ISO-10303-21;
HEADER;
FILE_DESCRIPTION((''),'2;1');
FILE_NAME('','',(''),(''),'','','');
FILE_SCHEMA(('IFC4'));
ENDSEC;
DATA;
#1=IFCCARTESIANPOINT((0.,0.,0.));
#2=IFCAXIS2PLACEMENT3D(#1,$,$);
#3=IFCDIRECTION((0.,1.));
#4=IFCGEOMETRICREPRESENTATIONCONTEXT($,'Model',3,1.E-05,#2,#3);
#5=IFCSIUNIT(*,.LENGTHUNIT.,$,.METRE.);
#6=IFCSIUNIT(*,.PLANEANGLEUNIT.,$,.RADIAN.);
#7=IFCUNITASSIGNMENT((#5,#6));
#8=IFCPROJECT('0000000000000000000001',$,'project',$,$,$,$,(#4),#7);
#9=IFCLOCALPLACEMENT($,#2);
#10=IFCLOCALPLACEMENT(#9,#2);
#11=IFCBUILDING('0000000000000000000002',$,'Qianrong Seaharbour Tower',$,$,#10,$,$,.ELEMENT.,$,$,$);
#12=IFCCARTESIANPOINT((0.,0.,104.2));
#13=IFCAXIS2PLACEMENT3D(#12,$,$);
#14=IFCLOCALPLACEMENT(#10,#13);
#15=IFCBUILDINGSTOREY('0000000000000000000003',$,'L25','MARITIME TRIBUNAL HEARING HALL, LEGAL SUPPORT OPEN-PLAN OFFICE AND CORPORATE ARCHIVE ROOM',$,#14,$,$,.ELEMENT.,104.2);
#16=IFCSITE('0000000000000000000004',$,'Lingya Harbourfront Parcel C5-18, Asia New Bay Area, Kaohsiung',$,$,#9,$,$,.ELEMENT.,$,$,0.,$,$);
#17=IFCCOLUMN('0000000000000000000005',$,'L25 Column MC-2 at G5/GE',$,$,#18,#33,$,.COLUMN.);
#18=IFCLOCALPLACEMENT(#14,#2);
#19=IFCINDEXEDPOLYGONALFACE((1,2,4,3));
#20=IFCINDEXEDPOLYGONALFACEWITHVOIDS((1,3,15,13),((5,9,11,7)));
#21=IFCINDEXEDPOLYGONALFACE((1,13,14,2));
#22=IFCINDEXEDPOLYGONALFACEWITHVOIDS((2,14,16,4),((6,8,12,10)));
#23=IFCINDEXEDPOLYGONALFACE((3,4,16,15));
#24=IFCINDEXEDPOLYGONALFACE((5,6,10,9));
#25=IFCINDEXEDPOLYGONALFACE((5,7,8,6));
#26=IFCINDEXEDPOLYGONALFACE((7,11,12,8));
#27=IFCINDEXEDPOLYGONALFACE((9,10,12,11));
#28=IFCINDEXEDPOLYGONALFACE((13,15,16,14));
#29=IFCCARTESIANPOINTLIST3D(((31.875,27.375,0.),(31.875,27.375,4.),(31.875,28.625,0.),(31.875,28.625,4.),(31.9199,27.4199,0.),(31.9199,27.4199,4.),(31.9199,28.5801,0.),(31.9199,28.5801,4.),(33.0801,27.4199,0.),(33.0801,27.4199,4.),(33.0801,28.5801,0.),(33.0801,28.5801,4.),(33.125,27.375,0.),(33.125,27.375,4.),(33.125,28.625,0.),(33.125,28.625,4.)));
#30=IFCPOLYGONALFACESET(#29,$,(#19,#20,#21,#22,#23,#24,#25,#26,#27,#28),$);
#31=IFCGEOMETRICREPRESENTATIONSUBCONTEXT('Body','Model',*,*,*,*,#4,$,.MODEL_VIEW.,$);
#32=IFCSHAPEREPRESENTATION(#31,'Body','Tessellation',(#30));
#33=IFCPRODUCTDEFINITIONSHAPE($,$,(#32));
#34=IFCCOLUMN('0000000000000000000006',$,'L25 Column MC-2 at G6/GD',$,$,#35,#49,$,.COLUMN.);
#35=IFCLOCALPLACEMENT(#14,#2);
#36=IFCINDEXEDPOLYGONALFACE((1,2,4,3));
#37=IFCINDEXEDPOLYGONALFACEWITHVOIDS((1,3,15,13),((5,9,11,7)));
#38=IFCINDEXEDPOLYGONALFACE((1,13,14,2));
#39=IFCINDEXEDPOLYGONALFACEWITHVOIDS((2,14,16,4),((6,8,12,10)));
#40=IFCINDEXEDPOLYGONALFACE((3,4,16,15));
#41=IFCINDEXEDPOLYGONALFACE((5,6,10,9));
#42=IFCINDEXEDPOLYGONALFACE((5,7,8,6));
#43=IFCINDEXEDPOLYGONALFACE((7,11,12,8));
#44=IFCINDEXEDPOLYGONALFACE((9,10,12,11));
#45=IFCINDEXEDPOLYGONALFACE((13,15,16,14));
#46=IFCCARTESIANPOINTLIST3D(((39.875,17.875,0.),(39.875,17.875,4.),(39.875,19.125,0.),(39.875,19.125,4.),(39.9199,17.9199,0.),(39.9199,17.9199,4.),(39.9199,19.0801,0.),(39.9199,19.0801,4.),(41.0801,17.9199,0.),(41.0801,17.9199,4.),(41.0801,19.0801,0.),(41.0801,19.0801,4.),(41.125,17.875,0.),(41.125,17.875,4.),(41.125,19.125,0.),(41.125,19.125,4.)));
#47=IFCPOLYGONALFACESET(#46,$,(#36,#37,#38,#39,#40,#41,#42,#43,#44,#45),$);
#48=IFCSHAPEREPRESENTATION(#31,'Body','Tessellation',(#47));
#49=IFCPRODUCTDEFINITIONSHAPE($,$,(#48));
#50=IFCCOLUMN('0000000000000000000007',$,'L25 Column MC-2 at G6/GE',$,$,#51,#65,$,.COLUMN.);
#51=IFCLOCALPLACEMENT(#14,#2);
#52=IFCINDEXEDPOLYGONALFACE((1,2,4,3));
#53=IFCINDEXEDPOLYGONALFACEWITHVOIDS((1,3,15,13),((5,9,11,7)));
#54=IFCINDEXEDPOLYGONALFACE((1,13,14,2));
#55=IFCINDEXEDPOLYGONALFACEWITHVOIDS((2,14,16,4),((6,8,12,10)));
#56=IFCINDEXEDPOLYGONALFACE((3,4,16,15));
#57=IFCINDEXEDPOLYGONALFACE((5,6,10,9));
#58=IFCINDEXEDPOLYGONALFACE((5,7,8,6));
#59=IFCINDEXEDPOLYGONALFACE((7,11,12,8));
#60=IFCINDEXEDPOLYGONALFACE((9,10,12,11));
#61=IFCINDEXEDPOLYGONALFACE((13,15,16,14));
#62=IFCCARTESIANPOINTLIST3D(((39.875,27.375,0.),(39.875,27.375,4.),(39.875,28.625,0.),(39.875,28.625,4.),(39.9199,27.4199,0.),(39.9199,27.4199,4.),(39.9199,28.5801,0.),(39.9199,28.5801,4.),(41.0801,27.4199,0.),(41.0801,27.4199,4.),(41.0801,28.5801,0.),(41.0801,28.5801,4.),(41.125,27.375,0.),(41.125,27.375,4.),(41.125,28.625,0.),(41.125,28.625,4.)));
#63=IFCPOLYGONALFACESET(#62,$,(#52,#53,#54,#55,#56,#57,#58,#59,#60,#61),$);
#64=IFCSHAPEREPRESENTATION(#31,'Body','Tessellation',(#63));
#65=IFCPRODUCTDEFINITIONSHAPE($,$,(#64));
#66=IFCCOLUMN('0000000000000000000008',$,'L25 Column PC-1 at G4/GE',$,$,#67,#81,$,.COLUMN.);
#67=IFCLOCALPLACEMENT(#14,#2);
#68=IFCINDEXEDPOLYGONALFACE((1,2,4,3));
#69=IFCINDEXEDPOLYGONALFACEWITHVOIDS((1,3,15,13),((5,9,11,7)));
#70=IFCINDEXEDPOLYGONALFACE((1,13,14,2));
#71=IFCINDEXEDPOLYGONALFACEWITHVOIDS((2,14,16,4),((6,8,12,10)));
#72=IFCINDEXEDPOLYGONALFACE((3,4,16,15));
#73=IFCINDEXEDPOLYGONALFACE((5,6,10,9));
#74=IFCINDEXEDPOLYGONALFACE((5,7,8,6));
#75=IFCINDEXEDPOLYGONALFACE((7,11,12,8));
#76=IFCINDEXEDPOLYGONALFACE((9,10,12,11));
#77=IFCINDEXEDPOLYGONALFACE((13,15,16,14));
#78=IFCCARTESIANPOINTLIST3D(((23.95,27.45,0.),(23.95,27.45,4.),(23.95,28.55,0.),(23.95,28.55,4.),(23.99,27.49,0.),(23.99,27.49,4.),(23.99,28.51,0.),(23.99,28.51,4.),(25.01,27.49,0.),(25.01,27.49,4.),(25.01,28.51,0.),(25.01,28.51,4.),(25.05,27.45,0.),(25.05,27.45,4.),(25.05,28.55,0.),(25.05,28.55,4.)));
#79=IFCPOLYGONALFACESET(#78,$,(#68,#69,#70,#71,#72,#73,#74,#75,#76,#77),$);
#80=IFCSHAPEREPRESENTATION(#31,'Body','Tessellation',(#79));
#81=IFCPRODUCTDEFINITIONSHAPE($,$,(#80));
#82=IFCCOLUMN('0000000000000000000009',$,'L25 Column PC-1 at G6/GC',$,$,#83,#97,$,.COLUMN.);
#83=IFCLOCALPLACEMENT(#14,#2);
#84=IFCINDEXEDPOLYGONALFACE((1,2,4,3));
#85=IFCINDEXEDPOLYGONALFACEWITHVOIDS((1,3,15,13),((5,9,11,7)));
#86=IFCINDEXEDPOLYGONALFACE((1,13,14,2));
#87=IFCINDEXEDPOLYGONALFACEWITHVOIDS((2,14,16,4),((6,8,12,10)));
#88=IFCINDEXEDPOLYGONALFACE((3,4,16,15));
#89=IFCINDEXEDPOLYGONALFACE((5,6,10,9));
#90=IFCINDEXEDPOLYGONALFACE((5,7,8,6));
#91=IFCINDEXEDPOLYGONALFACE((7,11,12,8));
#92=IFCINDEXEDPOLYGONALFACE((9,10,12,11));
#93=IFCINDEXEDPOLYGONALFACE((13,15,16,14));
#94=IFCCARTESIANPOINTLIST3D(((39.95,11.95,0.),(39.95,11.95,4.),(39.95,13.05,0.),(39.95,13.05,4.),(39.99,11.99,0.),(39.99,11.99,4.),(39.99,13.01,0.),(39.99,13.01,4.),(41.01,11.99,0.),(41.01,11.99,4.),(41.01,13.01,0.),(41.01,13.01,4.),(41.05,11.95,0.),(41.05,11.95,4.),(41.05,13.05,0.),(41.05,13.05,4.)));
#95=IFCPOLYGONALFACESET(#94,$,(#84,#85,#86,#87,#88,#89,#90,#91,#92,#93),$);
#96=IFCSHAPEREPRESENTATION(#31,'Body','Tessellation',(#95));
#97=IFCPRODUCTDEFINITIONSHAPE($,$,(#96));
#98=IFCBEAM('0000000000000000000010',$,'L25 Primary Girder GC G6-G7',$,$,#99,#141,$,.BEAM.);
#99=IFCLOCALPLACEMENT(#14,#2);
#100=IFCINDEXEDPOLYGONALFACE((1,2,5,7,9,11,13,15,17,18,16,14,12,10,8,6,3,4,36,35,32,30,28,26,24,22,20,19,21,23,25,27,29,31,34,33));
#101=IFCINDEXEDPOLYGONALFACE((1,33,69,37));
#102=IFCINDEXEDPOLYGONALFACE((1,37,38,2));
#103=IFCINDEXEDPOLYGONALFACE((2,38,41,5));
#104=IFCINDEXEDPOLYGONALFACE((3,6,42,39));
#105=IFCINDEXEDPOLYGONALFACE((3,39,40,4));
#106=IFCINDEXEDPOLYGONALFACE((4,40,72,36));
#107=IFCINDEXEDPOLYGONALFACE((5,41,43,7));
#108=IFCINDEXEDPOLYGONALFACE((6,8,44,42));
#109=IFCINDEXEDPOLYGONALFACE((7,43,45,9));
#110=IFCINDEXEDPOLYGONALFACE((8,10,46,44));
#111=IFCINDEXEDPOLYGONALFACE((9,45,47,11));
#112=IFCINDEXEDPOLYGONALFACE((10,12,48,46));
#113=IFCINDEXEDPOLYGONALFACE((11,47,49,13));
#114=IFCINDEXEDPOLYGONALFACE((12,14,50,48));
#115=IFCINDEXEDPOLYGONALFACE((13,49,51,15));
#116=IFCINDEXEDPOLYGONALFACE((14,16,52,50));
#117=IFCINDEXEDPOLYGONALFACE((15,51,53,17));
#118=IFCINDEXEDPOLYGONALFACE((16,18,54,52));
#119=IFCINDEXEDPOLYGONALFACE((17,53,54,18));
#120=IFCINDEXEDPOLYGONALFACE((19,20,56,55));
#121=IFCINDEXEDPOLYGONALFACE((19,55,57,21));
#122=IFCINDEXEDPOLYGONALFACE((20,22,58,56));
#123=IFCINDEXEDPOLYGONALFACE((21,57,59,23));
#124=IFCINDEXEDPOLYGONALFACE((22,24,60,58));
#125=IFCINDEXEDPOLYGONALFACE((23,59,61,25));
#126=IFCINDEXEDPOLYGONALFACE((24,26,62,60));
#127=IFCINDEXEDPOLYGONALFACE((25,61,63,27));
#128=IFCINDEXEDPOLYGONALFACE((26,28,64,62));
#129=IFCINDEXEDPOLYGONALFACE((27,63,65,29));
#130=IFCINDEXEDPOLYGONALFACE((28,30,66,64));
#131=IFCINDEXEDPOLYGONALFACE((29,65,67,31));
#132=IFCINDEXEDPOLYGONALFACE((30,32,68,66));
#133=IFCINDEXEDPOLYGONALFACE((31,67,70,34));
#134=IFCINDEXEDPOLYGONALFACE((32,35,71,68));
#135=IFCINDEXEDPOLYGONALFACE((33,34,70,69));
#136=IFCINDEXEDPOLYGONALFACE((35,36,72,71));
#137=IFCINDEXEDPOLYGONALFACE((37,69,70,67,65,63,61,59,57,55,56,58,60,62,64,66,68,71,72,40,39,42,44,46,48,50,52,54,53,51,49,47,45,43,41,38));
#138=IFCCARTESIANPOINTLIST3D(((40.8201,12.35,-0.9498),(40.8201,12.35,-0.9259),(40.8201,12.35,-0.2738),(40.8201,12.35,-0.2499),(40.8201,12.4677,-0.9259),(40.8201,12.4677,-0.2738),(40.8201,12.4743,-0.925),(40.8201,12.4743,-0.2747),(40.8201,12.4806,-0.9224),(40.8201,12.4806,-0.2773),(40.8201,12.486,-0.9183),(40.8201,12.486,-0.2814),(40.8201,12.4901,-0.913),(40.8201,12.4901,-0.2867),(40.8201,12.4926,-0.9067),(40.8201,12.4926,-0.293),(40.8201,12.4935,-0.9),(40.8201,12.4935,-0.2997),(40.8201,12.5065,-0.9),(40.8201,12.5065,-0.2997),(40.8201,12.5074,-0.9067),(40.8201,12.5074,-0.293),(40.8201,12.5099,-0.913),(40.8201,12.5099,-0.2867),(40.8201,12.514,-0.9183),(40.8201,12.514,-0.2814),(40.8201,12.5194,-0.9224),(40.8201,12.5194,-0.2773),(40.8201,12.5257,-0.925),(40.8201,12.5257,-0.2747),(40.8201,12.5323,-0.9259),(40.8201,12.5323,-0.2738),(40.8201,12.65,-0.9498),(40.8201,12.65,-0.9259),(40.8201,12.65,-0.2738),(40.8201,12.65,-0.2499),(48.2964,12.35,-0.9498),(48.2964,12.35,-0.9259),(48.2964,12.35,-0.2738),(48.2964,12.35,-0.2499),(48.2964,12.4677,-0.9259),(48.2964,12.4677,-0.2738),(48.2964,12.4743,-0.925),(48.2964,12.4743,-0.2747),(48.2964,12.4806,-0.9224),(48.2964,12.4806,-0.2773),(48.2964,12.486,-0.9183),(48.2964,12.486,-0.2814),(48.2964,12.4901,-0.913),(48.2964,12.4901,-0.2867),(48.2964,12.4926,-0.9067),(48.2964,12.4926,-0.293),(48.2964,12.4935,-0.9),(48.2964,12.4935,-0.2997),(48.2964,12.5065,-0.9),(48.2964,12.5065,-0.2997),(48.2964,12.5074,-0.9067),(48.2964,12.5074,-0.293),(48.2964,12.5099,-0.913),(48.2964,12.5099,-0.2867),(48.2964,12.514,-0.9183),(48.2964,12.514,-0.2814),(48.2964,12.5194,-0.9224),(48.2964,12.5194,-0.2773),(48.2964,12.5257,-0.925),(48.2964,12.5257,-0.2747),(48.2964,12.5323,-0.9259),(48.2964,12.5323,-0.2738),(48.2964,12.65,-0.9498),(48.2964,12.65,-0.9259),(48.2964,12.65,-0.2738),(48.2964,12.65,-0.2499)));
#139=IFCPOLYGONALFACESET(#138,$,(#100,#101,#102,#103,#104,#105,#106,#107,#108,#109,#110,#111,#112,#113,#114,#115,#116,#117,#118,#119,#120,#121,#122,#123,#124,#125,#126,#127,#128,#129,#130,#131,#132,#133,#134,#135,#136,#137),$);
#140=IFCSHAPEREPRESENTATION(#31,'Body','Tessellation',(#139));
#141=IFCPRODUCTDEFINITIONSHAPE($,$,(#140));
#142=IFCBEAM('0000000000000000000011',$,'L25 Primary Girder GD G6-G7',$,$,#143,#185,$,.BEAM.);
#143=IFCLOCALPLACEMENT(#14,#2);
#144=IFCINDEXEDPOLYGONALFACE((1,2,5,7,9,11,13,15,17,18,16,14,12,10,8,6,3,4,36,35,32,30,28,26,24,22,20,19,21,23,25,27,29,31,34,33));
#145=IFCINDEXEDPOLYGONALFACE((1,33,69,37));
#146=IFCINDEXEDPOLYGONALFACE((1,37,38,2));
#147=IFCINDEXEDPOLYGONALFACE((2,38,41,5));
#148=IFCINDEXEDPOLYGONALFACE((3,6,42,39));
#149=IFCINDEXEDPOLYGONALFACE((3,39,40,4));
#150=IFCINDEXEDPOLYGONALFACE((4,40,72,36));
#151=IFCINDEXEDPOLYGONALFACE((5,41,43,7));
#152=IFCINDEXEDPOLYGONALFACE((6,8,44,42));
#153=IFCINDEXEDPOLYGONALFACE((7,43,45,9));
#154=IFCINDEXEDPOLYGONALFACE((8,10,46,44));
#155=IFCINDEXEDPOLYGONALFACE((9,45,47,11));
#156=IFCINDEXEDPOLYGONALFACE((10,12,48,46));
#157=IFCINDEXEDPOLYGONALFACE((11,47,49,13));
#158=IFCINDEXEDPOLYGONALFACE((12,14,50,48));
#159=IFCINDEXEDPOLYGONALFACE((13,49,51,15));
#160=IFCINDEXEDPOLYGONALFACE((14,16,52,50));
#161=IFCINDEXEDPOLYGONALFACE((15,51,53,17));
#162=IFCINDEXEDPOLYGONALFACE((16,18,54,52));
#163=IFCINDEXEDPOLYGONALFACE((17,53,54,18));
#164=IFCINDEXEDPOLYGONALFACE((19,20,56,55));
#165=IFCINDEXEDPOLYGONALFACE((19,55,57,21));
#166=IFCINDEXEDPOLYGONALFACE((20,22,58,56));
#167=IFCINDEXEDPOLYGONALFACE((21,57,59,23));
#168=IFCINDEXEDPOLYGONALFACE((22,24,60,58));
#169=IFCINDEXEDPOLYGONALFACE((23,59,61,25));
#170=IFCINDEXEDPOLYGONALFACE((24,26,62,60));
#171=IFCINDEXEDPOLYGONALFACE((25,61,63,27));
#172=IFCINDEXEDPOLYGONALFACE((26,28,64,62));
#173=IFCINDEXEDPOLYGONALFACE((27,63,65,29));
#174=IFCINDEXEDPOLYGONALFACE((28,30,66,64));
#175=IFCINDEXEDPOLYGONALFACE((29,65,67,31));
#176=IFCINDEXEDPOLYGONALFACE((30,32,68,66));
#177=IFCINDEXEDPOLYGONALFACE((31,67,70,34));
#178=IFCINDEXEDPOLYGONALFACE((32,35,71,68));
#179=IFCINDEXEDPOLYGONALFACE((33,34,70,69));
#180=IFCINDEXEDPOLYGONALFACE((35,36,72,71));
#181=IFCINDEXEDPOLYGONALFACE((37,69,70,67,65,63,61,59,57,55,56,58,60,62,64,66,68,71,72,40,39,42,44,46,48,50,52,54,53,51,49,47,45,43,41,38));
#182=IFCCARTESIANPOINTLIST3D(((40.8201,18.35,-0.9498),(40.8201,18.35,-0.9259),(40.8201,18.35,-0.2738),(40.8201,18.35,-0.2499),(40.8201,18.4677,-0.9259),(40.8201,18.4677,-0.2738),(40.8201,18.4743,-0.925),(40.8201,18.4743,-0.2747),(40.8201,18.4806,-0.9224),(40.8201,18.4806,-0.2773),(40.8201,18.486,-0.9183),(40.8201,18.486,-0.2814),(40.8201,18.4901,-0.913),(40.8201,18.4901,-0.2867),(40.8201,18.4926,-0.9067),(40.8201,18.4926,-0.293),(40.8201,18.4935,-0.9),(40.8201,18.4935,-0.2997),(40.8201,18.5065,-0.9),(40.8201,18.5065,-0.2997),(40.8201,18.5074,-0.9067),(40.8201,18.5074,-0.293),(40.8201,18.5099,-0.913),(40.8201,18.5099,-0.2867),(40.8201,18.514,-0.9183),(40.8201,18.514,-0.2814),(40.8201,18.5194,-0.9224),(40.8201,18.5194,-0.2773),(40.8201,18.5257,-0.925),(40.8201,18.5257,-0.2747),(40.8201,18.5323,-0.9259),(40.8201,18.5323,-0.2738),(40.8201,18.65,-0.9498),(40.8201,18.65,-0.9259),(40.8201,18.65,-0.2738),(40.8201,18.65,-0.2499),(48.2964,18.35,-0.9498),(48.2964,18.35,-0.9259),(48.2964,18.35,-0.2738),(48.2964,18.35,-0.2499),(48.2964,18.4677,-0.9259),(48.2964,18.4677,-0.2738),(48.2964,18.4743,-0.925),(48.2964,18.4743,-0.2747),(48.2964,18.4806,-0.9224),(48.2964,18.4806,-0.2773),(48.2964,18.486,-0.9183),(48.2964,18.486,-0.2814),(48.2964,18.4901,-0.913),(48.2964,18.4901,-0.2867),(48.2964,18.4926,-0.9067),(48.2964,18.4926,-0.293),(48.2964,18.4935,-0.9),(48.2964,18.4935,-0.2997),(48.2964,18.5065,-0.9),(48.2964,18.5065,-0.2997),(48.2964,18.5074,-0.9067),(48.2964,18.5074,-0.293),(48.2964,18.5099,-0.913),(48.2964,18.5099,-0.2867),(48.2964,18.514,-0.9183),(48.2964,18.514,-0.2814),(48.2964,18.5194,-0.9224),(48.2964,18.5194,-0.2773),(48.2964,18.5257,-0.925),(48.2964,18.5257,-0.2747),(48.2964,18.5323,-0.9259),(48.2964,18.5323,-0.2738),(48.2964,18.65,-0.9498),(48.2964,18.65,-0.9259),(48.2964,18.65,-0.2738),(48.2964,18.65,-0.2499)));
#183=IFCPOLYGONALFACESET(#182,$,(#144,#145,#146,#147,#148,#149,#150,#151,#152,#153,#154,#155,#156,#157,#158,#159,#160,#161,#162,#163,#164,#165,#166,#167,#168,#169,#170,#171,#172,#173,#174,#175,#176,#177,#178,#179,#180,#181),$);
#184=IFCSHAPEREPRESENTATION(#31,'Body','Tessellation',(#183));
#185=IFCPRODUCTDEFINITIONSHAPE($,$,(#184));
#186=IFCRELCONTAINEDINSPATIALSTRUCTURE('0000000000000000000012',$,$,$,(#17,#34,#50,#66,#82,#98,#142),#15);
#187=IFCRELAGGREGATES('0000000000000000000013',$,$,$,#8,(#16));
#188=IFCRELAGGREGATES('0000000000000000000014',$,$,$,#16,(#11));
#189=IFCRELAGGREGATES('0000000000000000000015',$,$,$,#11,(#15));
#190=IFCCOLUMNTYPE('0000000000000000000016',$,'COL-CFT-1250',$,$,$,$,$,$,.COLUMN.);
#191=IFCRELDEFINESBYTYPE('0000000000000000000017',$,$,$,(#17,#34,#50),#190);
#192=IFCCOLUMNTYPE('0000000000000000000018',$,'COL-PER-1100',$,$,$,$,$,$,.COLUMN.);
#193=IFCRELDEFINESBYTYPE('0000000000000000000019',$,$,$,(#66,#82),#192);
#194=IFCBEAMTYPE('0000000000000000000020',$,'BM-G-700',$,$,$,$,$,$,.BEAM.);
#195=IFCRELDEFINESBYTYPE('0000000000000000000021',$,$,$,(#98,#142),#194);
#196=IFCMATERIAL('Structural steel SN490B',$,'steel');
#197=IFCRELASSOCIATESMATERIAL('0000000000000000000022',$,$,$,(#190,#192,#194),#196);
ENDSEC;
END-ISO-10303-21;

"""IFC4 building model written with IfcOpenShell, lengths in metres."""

from ifc_helpers import new_model, si_unit, direction, frame, origin, origin_2d, place, context, subcontext, project, spatial, hollow_rectangle, i_section, extrude, material, material_profile, profile_set, type_object, element, save


model = new_model("IFC4")

# Units and contexts
model_context = context("Model", 3, precision=1e-05, world=origin(), true_north=direction((0.0, 1.0)))
body_context = subcontext(model_context, "Body", "Model", "MODEL_VIEW")
ifc_project = project(units=[si_unit("LENGTHUNIT", "METRE"), si_unit("PLANEANGLEUNIT", "RADIAN")], contexts=[model_context])

# Site, building, storey
site_placement = place(None, origin())
site = spatial("IfcSite", under=ifc_project, at=site_placement, Name="Lingya Harbourfront Parcel C5-18, Asia New Bay Area, Kaohsiung", CompositionType="ELEMENT", RefElevation=0.0)
building_placement = place(site_placement, origin())
building = spatial("IfcBuilding", under=site, at=building_placement, Name="Qianrong Seaharbour Tower", CompositionType="ELEMENT")
storey_placement = place(building_placement, frame((0.0, 0.0, 104.2)))
storey = spatial("IfcBuildingStorey", under=building, at=storey_placement, Name="L25", Description="MARITIME TRIBUNAL HEARING HALL, LEGAL SUPPORT OPEN-PLAN OFFICE AND CORPORATE ARCHIVE ROOM", CompositionType="ELEMENT", Elevation=104.2)

# Columns
ifc_material_1 = material(Name="Structural steel SN490B", Category="steel")
ifc_material_profile_1 = material_profile(ifc_material_1, hollow_rectangle(XDim=1.25, YDim=1.25, WallThickness=0.0449, at=origin_2d()), Name="BOX1250x1250x45")
ifc_profile_set_1 = profile_set([ifc_material_profile_1], Name="Structural steel SN490B")
column_type_1 = type_object("IfcColumnType", Name="COL-CFT-1250", PredefinedType="COLUMN", material=ifc_profile_set_1)
for number, where, z_axis, x_axis, name in (
    (1, (32.5, 28.0, 0.0), (0.0, 0.0, 1.0), (1.0, 0.0, 0.0), "L25 Column MC-2 at G5/GE"),
    (2, (40.5, 18.5, 0.0), (0.0, 0.0, 1.0), (1.0, 0.0, 0.0), "L25 Column MC-2 at G6/GD"),
    (3, (40.5, 28.0, 0.0), (0.0, 0.0, 1.0), (1.0, 0.0, 0.0), "L25 Column MC-2 at G6/GE"),
):
    element("IfcColumn", number, at=place(storey_placement, frame(where, z_axis=z_axis, x_axis=x_axis)), inside=storey, type_object=column_type_1, Name=name, PredefinedType="COLUMN", context=body_context, shape_type="SweptSolid", body=[
        extrude(hollow_rectangle(XDim=1.25, YDim=1.25, WallThickness=0.0449, at=origin_2d()), origin(), (0.0, 0.0, 1.0), 4.0),
    ])
ifc_material_profile_2 = material_profile(ifc_material_1, hollow_rectangle(XDim=1.1001, YDim=1.1001, WallThickness=0.04, at=origin_2d()), Name="BOX1100x1100x40")
ifc_profile_set_2 = profile_set([ifc_material_profile_2], Name="Structural steel SN490B")
column_type_2 = type_object("IfcColumnType", Name="COL-PER-1100", PredefinedType="COLUMN", material=ifc_profile_set_2)
for number, where, z_axis, x_axis, name in (
    (4, (24.5, 28.0, 0.0), (0.0, 0.0, 1.0), (1.0, 0.0, 0.0), "L25 Column PC-1 at G4/GE"),
    (5, (40.5, 12.5, 0.0), (0.0, 0.0, 1.0), (1.0, 0.0, 0.0), "L25 Column PC-1 at G6/GC"),
):
    element("IfcColumn", number, at=place(storey_placement, frame(where, z_axis=z_axis, x_axis=x_axis)), inside=storey, type_object=column_type_2, Name=name, PredefinedType="COLUMN", context=body_context, shape_type="SweptSolid", body=[
        extrude(hollow_rectangle(XDim=1.1001, YDim=1.1001, WallThickness=0.04, at=origin_2d()), origin(), (0.0, 0.0, 1.0), 4.0),
    ])

# Beams
ifc_material_profile_3 = material_profile(ifc_material_1, i_section(OverallWidth=0.3, OverallDepth=0.7, WebThickness=0.0129, FlangeThickness=0.0239, FilletRadius=0.0259, at=origin_2d()), Name="H700x300x13x24")
ifc_profile_set_3 = profile_set([ifc_material_profile_3], Name="Structural steel SN490B")
beam_type_1 = type_object("IfcBeamType", Name="BM-G-700", PredefinedType="BEAM", material=ifc_profile_set_3)
for number, where, z_axis, x_axis, name in (
    (6, (40.8201, 12.5, -0.5999), (1.0, 0.0, 0.0), (0.0, 1.0, 0.0), "L25 Primary Girder GC G6-G7"),
    (7, (40.8201, 18.5, -0.5999), (1.0, 0.0, 0.0), (0.0, 1.0, 0.0), "L25 Primary Girder GD G6-G7"),
):
    element("IfcBeam", number, at=place(storey_placement, frame(where, z_axis=z_axis, x_axis=x_axis)), inside=storey, type_object=beam_type_1, Name=name, PredefinedType="BEAM", context=body_context, shape_type="SweptSolid", body=[
        extrude(i_section(OverallWidth=0.3, OverallDepth=0.7, WebThickness=0.0129, FlangeThickness=0.0239, FilletRadius=0.0259, at=origin_2d()), origin(), (0.0, 0.0, 1.0), 7.4763),
    ])

save(model, "model.ifc")
